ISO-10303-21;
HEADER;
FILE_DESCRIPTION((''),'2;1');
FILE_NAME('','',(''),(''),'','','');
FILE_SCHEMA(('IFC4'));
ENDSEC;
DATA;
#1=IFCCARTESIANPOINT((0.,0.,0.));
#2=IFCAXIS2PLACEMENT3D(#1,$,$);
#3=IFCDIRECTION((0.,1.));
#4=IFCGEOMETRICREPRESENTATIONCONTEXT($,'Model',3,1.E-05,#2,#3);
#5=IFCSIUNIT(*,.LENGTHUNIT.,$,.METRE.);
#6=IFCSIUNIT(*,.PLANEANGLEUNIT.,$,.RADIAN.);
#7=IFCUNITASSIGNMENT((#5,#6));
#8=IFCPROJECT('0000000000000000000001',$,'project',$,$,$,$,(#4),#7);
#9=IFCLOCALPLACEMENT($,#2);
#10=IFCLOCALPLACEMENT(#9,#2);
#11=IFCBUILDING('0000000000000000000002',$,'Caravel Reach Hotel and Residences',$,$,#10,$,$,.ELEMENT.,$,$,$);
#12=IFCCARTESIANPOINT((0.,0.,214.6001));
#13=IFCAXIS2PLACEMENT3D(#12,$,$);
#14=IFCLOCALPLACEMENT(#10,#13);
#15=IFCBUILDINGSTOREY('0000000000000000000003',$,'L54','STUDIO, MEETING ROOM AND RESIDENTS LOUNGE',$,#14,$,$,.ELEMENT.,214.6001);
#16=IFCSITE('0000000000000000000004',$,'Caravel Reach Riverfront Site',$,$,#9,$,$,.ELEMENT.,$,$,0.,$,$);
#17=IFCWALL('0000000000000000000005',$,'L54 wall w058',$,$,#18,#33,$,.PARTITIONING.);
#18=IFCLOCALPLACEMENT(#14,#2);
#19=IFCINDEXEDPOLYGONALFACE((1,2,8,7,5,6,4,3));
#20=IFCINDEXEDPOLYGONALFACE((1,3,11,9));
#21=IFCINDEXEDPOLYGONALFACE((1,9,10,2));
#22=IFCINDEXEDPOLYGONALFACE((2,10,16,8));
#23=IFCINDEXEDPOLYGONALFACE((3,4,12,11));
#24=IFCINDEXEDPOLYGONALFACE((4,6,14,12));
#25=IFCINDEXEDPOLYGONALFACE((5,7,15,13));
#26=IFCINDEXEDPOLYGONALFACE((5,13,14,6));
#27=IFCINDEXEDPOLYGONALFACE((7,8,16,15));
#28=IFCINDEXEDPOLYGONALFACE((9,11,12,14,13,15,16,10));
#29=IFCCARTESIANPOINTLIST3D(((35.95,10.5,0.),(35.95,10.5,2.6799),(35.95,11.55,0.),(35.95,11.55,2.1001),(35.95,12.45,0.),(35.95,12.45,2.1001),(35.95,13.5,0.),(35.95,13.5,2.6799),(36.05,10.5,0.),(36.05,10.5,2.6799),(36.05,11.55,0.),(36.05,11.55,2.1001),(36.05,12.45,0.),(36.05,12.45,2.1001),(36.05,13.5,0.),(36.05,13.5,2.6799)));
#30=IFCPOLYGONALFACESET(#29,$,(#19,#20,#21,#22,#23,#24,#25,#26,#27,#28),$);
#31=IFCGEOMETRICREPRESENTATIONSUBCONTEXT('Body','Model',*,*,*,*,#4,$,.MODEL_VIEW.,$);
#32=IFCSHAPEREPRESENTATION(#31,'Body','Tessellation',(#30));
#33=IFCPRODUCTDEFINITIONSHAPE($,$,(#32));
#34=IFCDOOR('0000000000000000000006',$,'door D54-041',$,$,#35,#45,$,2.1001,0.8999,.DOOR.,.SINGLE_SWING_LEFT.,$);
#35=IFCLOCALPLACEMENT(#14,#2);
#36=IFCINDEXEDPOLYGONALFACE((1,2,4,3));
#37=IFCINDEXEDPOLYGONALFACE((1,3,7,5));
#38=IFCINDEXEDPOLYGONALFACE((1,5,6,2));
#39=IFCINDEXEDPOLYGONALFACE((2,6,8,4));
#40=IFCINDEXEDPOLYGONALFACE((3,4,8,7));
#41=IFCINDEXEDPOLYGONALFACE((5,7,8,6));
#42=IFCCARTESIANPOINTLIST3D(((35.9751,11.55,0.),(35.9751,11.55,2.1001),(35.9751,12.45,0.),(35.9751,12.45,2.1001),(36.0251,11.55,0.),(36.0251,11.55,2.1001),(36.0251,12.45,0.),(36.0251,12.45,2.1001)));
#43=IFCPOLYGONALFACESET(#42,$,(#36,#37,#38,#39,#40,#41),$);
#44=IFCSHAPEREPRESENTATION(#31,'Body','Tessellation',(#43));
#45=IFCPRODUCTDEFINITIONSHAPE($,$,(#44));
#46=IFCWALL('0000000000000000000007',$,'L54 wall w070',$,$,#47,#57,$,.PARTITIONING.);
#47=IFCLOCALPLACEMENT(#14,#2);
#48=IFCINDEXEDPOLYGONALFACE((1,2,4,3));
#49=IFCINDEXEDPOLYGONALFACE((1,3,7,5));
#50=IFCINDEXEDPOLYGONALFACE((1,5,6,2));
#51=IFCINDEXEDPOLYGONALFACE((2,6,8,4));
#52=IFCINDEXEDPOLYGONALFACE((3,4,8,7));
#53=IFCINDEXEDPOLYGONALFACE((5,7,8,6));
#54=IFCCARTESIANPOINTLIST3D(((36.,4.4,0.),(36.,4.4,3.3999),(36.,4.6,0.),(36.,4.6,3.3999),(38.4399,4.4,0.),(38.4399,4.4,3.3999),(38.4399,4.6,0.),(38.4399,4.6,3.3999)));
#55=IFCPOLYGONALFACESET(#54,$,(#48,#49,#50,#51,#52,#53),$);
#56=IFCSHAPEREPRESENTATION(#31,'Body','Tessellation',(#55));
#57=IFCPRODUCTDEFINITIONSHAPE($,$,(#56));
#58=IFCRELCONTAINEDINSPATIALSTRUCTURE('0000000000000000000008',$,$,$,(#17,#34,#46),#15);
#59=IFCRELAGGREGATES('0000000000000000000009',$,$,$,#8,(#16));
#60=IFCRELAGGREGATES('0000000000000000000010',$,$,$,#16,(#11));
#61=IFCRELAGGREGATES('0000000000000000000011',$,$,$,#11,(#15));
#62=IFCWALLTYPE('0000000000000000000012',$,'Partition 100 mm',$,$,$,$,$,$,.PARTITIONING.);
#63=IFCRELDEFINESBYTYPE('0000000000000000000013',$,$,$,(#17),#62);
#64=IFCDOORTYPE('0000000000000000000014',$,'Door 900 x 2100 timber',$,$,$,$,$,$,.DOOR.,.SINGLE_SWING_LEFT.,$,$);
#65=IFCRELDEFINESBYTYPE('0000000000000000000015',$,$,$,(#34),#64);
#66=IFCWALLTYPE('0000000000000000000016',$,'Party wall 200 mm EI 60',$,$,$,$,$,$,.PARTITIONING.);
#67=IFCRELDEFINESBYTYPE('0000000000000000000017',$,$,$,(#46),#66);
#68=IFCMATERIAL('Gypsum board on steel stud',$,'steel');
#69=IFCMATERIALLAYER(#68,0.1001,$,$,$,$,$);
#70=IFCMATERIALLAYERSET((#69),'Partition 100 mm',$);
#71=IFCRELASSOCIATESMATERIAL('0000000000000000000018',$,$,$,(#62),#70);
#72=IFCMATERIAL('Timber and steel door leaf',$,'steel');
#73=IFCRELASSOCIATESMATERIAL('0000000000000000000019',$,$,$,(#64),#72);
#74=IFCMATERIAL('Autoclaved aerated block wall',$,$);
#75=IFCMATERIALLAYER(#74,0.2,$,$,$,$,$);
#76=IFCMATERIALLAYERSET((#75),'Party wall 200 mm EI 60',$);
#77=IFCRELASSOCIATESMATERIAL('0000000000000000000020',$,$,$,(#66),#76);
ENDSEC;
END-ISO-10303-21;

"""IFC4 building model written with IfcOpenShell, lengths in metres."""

from ifc_helpers import new_model, si_unit, direction, frame, frame_2d, origin, place, context, subcontext, project, spatial, rectangle, extrude, material, layer, layer_set, type_object, element, fill, save


model = new_model("IFC4")

# Units and contexts
model_context = context("Model", 3, precision=1e-05, world=origin(), true_north=direction((0.0, 1.0)))
body_context = subcontext(model_context, "Body", "Model", "MODEL_VIEW")
ifc_project = project(units=[si_unit("LENGTHUNIT", "METRE"), si_unit("PLANEANGLEUNIT", "RADIAN")], contexts=[model_context])

# Site, building, storey
site_placement = place(None, origin())
site = spatial("IfcSite", under=ifc_project, at=site_placement, Name="Caravel Reach Riverfront Site", CompositionType="ELEMENT", RefElevation=0.0)
building_placement = place(site_placement, origin())
building = spatial("IfcBuilding", under=site, at=building_placement, Name="Caravel Reach Hotel and Residences", CompositionType="ELEMENT")
storey_placement = place(building_placement, frame((0.0, 0.0, 214.6001)))
storey = spatial("IfcBuildingStorey", under=building, at=storey_placement, Name="L54", Description="STUDIO, MEETING ROOM AND RESIDENTS LOUNGE", CompositionType="ELEMENT", Elevation=214.6001)

# Wall, opening, door
ifc_material_1 = material(Name="Gypsum board on steel stud", Category="steel")
ifc_layer_1 = layer(ifc_material_1, 0.1001)
ifc_layer_set_1 = layer_set([ifc_layer_1], Name="Partition 100 mm")
wall_type_1 = type_object("IfcWallType", Name="Partition 100 mm", PredefinedType="PARTITIONING", material=ifc_layer_set_1)
wall_1_placement = place(storey_placement, frame((36.0, 10.5, 0.0), z_axis=(0.0, 0.0, 1.0), x_axis=(0.0, 1.0, 0.0)))
wall_1 = element("IfcWall", 1, at=wall_1_placement, inside=storey, type_object=wall_type_1, Name="L54 wall w058", PredefinedType="PARTITIONING", context=body_context, shape_type="SweptSolid", body=[
    extrude(rectangle(XDim=3.0, YDim=0.1001, at=frame_2d((1.5, 0.0))), origin(), (0.0, 0.0, 1.0), 2.6799),
])
opening_1_placement = place(wall_1_placement, frame((1.05, 0.0, 0.0)))
opening_1 = element("IfcOpeningElement", 2, at=opening_1_placement, cuts=wall_1, PredefinedType="OPENING", context=body_context, shape_type="SweptSolid", body=[
    extrude(rectangle(XDim=0.8999, YDim=2.1001, at=frame_2d((0.45, 1.05))), frame((0.0, 0.0601, 0.0), z_axis=(0.0, -1.0, 0.0), x_axis=(1.0, 0.0, 0.0)), (0.0, 0.0, 1.0), 0.1201),
])
ifc_material_2 = material(Name="Timber and steel door leaf", Category="steel")
door_type = type_object("IfcDoorType", Name="Door 900 x 2100 timber", OperationType="SINGLE_SWING_LEFT", PredefinedType="DOOR", material=ifc_material_2)
door_placement = place(opening_1_placement, origin())
door = element("IfcDoor", 3, at=door_placement, inside=storey, type_object=door_type, Name="door D54-041", OperationType="SINGLE_SWING_LEFT", OverallHeight=2.1001, OverallWidth=0.8999, PredefinedType="DOOR", context=body_context, shape_type="SweptSolid", body=[
    extrude(rectangle(XDim=0.8999, YDim=2.1001, at=frame_2d((0.45, 1.05))), frame((0.0, 0.0249, 0.0), z_axis=(0.0, -1.0, 0.0), x_axis=(1.0, 0.0, 0.0)), (0.0, 0.0, 1.0), 0.05),
])
fill(opening_1, door)

# Wall
ifc_material_3 = material(Name="Autoclaved aerated block wall")
ifc_layer_2 = layer(ifc_material_3, 0.2)
ifc_layer_set_2 = layer_set([ifc_layer_2], Name="Party wall 200 mm EI 60")
wall_type_2 = type_object("IfcWallType", Name="Party wall 200 mm EI 60", PredefinedType="PARTITIONING", material=ifc_layer_set_2)
wall_2_placement = place(storey_placement, frame((36.0, 4.5, 0.0), z_axis=(0.0, 0.0, 1.0), x_axis=(1.0, 0.0, 0.0)))
element("IfcWall", 4, at=wall_2_placement, inside=storey, type_object=wall_type_2, Name="L54 wall w070", PredefinedType="PARTITIONING", context=body_context, shape_type="SweptSolid", body=[
    extrude(rectangle(XDim=2.4399, YDim=0.2, at=frame_2d((1.22, 0.0))), origin(), (0.0, 0.0, 1.0), 3.3999),
])

save(model, "model.ifc")
